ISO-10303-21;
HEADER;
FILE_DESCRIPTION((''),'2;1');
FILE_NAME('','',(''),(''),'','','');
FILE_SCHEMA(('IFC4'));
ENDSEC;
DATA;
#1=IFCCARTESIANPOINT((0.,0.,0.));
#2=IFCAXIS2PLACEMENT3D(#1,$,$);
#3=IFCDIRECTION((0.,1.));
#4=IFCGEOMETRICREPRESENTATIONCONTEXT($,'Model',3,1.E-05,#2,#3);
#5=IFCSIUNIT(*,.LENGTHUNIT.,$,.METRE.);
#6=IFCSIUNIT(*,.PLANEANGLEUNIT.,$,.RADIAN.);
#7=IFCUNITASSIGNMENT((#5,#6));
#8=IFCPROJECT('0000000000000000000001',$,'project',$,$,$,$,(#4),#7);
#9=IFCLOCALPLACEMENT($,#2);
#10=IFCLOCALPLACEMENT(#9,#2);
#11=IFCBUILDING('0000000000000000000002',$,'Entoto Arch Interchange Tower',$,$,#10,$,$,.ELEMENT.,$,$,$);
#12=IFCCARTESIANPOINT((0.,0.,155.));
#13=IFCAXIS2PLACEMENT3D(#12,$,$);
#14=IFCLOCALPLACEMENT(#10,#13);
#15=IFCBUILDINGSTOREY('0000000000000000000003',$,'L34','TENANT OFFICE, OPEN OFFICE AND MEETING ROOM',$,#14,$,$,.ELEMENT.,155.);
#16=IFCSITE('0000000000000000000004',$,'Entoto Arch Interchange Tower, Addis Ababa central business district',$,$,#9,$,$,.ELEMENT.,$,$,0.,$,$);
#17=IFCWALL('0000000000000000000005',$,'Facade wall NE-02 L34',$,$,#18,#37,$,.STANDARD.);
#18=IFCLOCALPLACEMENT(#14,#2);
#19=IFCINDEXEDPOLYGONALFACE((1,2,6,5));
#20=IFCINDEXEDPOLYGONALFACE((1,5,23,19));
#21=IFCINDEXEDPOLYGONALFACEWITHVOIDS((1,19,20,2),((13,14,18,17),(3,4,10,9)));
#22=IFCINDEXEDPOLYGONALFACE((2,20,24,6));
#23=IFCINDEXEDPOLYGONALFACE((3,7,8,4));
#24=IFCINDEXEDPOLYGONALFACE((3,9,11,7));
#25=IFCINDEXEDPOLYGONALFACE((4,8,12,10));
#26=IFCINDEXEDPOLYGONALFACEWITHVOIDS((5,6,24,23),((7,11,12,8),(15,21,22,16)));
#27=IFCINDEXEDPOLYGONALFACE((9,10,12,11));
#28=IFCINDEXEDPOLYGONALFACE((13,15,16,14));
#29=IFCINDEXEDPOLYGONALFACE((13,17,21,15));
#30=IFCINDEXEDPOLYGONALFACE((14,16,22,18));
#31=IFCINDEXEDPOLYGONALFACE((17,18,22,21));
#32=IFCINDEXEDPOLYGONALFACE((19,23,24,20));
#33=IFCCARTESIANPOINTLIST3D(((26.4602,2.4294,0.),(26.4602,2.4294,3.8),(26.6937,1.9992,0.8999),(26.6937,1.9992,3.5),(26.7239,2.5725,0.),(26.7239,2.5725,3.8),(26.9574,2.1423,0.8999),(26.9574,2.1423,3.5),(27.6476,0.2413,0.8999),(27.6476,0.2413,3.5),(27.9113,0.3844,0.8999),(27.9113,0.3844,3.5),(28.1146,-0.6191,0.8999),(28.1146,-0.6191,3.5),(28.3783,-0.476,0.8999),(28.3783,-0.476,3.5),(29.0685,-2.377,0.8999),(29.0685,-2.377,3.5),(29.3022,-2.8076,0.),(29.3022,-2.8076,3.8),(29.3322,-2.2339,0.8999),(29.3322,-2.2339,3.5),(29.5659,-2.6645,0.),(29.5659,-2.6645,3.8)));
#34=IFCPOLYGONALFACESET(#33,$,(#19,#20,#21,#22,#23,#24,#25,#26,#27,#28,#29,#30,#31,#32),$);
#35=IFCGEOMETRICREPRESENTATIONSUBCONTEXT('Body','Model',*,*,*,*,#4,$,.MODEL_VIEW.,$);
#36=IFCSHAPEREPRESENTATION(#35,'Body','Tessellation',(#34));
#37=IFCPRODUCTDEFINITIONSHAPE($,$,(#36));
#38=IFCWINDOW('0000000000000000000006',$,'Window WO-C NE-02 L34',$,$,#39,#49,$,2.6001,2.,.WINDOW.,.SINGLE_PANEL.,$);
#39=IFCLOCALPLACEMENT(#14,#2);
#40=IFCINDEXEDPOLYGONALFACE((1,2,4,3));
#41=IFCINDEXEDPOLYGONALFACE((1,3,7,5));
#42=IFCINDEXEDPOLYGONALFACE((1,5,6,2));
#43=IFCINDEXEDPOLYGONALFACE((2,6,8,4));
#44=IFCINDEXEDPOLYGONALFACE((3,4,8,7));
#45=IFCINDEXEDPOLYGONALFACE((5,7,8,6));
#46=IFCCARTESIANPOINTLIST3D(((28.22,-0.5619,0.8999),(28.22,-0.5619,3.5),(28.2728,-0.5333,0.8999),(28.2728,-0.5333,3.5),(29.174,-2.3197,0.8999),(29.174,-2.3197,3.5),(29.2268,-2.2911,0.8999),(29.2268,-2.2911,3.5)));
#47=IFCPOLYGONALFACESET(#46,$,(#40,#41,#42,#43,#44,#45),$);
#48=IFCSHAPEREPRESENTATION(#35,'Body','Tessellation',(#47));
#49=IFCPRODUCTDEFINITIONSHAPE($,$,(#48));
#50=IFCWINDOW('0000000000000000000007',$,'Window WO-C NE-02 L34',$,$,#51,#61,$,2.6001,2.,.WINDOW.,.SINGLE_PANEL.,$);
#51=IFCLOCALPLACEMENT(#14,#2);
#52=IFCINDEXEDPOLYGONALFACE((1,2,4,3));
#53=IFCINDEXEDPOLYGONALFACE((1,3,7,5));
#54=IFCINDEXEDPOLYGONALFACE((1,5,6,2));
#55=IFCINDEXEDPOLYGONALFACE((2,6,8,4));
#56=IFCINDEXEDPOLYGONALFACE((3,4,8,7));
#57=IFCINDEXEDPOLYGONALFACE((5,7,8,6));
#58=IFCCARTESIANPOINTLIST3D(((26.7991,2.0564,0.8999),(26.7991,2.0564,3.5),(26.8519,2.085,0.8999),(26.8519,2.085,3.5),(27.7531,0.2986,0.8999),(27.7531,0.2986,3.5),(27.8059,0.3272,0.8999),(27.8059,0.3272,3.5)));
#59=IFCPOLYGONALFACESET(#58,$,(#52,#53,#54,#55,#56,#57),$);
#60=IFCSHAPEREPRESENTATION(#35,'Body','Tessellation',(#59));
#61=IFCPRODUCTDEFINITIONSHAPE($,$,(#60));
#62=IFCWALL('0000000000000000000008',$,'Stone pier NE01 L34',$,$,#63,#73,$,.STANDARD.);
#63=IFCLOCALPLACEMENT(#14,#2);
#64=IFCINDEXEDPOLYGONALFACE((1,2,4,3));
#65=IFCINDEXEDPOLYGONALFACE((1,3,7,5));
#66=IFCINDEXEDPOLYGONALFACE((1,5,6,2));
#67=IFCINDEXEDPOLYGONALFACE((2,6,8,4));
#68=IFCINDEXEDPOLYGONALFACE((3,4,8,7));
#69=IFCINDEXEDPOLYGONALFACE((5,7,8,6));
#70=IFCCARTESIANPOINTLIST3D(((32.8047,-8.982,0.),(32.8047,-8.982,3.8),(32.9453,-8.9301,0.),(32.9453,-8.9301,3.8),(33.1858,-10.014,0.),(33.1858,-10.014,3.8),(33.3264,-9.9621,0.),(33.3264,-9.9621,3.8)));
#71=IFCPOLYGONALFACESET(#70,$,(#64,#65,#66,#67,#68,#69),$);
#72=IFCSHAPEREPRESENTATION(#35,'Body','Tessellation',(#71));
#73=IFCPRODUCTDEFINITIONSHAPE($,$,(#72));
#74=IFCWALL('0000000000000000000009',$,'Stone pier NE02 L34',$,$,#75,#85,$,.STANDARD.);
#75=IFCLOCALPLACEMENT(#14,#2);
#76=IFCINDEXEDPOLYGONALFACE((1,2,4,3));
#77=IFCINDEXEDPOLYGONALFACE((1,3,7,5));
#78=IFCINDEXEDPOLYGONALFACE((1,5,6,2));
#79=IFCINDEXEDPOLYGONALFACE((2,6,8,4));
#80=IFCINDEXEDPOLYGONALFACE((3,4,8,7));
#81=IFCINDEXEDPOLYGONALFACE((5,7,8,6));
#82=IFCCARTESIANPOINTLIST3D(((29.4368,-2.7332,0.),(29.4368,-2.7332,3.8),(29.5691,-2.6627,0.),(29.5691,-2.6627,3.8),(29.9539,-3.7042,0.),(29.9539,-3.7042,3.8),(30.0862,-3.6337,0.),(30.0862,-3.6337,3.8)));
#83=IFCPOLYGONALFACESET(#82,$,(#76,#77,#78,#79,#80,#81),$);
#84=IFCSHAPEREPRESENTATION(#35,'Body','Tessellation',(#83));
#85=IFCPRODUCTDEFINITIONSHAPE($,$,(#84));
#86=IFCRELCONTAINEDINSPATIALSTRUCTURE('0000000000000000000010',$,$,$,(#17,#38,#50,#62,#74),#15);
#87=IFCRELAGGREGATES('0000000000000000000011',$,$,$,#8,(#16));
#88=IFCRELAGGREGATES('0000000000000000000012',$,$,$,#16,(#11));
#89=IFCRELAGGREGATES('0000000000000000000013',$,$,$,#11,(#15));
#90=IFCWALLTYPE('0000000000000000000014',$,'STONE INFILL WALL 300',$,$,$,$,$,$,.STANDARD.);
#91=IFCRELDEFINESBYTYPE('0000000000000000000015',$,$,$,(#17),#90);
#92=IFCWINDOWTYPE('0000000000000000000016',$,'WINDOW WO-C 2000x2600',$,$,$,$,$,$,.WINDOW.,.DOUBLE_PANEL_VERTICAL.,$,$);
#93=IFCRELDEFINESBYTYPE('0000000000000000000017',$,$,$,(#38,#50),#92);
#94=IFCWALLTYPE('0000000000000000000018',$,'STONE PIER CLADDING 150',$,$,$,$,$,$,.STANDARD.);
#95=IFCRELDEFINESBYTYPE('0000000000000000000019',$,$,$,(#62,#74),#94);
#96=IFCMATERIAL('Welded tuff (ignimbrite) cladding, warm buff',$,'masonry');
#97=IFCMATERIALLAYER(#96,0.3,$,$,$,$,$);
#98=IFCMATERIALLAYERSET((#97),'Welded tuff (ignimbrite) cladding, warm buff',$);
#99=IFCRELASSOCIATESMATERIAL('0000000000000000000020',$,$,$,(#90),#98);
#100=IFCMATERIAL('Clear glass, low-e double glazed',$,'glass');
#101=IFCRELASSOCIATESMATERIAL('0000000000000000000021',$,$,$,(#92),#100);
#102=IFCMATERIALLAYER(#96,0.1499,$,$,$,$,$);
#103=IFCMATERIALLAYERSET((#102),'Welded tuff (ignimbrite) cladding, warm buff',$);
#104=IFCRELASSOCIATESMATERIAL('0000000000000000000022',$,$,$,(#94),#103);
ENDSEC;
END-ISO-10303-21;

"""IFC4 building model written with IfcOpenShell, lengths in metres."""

from ifc_helpers import new_model, si_unit, direction, frame, frame_2d, origin, place, context, subcontext, project, spatial, rectangle, extrude, material, layer, layer_set, type_object, element, fill, save


model = new_model("IFC4")

# Units and contexts
model_context = context("Model", 3, precision=1e-05, world=origin(), true_north=direction((0.0, 1.0)))
body_context = subcontext(model_context, "Body", "Model", "MODEL_VIEW")
ifc_project = project(units=[si_unit("LENGTHUNIT", "METRE"), si_unit("PLANEANGLEUNIT", "RADIAN")], contexts=[model_context])

# Site, building, storey
site_placement = place(None, origin())
site = spatial("IfcSite", under=ifc_project, at=site_placement, Name="Entoto Arch Interchange Tower, Addis Ababa central business district", CompositionType="ELEMENT", RefElevation=0.0)
building_placement = place(site_placement, origin())
building = spatial("IfcBuilding", under=site, at=building_placement, Name="Entoto Arch Interchange Tower", CompositionType="ELEMENT")
storey_placement = place(building_placement, frame((0.0, 0.0, 155.0)))
storey = spatial("IfcBuildingStorey", under=building, at=storey_placement, Name="L34", Description="TENANT OFFICE, OPEN OFFICE AND MEETING ROOM", CompositionType="ELEMENT", Elevation=155.0)

# Shared definitions
ifc_material_1 = material(Name="Welded tuff (ignimbrite) cladding, warm buff", Category="masonry")
ifc_layer_1 = layer(ifc_material_1, 0.3)
ifc_layer_set_1 = layer_set([ifc_layer_1], Name="Welded tuff (ignimbrite) cladding, warm buff")
wall_type_1 = type_object("IfcWallType", Name="STONE INFILL WALL 300", PredefinedType="STANDARD", material=ifc_layer_set_1)
ifc_material_2 = material(Name="Clear glass, low-e double glazed", Category="glass")

# Wall, openings, windows
window_type_1 = type_object("IfcWindowType", Name="WINDOW WO-C 2000x2600", PartitioningType="DOUBLE_PANEL_VERTICAL", PredefinedType="WINDOW", material=ifc_material_2)
wall_1_placement = place(storey_placement, frame((29.4341, -2.7361, 0.0), z_axis=(0.0, 0.0, 1.0), x_axis=(-0.476971, 0.878919, 0.0)))
wall_1 = element("IfcWall", 1, at=wall_1_placement, inside=storey, type_object=wall_type_1, Name="Facade wall NE-02 L34", PredefinedType="STANDARD", context=body_context, shape_type="SweptSolid", body=[
    extrude(rectangle(XDim=5.9585, YDim=0.3, at=frame_2d((2.9792, 0.0))), origin(), (0.0, 0.0, 1.0), 3.8),
])
opening_1_placement = place(wall_1_placement, frame((0.49, 0.0, 0.8999)))
opening_1 = element("IfcOpeningElement", 2, at=opening_1_placement, cuts=wall_1, PredefinedType="OPENING", context=body_context, shape_type="SweptSolid", body=[
    extrude(rectangle(XDim=2.0, YDim=2.6001, at=frame_2d((1.0, 1.3))), frame((0.0, 0.1602, 0.0), z_axis=(0.0, -1.0, 0.0), x_axis=(1.0, 0.0, 0.0)), (0.0, 0.0, 1.0), 0.3201),
])
opening_2_placement = place(wall_1_placement, frame((3.469, 0.0, 0.8999)))
opening_2 = element("IfcOpeningElement", 3, at=opening_2_placement, cuts=wall_1, PredefinedType="OPENING", context=body_context, shape_type="SweptSolid", body=[
    extrude(rectangle(XDim=2.0, YDim=2.6001, at=frame_2d((1.0, 1.3))), frame((0.0, 0.1602, 0.0), z_axis=(0.0, -1.0, 0.0), x_axis=(1.0, 0.0, 0.0)), (0.0, 0.0, 1.0), 0.3201),
])
window_1_placement = place(opening_1_placement, origin())
window_1 = element("IfcWindow", 4, at=window_1_placement, inside=storey, type_object=window_type_1, Name="Window WO-C NE-02 L34", OverallHeight=2.6001, OverallWidth=2.0, PartitioningType="SINGLE_PANEL", PredefinedType="WINDOW", context=body_context, shape_type="SweptSolid", body=[
    extrude(rectangle(XDim=2.0, YDim=2.6001, at=frame_2d((1.0, 1.3))), frame((0.0, 0.03, 0.0), z_axis=(0.0, -1.0, 0.0), x_axis=(1.0, 0.0, 0.0)), (0.0, 0.0, 1.0), 0.0601),
])
fill(opening_1, window_1)
window_2_placement = place(opening_2_placement, origin())
window_2 = element("IfcWindow", 5, at=window_2_placement, inside=storey, type_object=window_type_1, Name="Window WO-C NE-02 L34", OverallHeight=2.6001, OverallWidth=2.0, PartitioningType="SINGLE_PANEL", PredefinedType="WINDOW", context=body_context, shape_type="SweptSolid", body=[
    extrude(rectangle(XDim=2.0, YDim=2.6001, at=frame_2d((1.0, 1.3))), frame((0.0, 0.03, 0.0), z_axis=(0.0, -1.0, 0.0), x_axis=(1.0, 0.0, 0.0)), (0.0, 0.0, 1.0), 0.0601),
])
fill(opening_2, window_2)

# Walls
ifc_layer_2 = layer(ifc_material_1, 0.1499)
ifc_layer_set_2 = layer_set([ifc_layer_2], Name="Welded tuff (ignimbrite) cladding, warm buff")
wall_type_2 = type_object("IfcWallType", Name="STONE PIER CLADDING 150", PredefinedType="STANDARD", material=ifc_layer_set_2)
for number, where, z_axis, x_axis, name in (
    (6, (33.2561, -9.988, 0.0), (0.0, 0.0, 1.0), (-0.346425, 0.938078, 0.0), "Stone pier NE01 L34"),
    (7, (30.02, -3.6689, 0.0), (0.0, 0.0, 1.0), (-0.470058, 0.882635, 0.0), "Stone pier NE02 L34"),
):
    element("IfcWall", number, at=place(storey_placement, frame(where, z_axis=z_axis, x_axis=x_axis)), inside=storey, type_object=wall_type_2, Name=name, PredefinedType="STANDARD", context=body_context, shape_type="SweptSolid", body=[
        extrude(rectangle(XDim=1.1001, YDim=0.1499, at=frame_2d((0.55, 0.0))), origin(), (0.0, 0.0, 1.0), 3.8),
    ])

save(model, "model.ifc")
